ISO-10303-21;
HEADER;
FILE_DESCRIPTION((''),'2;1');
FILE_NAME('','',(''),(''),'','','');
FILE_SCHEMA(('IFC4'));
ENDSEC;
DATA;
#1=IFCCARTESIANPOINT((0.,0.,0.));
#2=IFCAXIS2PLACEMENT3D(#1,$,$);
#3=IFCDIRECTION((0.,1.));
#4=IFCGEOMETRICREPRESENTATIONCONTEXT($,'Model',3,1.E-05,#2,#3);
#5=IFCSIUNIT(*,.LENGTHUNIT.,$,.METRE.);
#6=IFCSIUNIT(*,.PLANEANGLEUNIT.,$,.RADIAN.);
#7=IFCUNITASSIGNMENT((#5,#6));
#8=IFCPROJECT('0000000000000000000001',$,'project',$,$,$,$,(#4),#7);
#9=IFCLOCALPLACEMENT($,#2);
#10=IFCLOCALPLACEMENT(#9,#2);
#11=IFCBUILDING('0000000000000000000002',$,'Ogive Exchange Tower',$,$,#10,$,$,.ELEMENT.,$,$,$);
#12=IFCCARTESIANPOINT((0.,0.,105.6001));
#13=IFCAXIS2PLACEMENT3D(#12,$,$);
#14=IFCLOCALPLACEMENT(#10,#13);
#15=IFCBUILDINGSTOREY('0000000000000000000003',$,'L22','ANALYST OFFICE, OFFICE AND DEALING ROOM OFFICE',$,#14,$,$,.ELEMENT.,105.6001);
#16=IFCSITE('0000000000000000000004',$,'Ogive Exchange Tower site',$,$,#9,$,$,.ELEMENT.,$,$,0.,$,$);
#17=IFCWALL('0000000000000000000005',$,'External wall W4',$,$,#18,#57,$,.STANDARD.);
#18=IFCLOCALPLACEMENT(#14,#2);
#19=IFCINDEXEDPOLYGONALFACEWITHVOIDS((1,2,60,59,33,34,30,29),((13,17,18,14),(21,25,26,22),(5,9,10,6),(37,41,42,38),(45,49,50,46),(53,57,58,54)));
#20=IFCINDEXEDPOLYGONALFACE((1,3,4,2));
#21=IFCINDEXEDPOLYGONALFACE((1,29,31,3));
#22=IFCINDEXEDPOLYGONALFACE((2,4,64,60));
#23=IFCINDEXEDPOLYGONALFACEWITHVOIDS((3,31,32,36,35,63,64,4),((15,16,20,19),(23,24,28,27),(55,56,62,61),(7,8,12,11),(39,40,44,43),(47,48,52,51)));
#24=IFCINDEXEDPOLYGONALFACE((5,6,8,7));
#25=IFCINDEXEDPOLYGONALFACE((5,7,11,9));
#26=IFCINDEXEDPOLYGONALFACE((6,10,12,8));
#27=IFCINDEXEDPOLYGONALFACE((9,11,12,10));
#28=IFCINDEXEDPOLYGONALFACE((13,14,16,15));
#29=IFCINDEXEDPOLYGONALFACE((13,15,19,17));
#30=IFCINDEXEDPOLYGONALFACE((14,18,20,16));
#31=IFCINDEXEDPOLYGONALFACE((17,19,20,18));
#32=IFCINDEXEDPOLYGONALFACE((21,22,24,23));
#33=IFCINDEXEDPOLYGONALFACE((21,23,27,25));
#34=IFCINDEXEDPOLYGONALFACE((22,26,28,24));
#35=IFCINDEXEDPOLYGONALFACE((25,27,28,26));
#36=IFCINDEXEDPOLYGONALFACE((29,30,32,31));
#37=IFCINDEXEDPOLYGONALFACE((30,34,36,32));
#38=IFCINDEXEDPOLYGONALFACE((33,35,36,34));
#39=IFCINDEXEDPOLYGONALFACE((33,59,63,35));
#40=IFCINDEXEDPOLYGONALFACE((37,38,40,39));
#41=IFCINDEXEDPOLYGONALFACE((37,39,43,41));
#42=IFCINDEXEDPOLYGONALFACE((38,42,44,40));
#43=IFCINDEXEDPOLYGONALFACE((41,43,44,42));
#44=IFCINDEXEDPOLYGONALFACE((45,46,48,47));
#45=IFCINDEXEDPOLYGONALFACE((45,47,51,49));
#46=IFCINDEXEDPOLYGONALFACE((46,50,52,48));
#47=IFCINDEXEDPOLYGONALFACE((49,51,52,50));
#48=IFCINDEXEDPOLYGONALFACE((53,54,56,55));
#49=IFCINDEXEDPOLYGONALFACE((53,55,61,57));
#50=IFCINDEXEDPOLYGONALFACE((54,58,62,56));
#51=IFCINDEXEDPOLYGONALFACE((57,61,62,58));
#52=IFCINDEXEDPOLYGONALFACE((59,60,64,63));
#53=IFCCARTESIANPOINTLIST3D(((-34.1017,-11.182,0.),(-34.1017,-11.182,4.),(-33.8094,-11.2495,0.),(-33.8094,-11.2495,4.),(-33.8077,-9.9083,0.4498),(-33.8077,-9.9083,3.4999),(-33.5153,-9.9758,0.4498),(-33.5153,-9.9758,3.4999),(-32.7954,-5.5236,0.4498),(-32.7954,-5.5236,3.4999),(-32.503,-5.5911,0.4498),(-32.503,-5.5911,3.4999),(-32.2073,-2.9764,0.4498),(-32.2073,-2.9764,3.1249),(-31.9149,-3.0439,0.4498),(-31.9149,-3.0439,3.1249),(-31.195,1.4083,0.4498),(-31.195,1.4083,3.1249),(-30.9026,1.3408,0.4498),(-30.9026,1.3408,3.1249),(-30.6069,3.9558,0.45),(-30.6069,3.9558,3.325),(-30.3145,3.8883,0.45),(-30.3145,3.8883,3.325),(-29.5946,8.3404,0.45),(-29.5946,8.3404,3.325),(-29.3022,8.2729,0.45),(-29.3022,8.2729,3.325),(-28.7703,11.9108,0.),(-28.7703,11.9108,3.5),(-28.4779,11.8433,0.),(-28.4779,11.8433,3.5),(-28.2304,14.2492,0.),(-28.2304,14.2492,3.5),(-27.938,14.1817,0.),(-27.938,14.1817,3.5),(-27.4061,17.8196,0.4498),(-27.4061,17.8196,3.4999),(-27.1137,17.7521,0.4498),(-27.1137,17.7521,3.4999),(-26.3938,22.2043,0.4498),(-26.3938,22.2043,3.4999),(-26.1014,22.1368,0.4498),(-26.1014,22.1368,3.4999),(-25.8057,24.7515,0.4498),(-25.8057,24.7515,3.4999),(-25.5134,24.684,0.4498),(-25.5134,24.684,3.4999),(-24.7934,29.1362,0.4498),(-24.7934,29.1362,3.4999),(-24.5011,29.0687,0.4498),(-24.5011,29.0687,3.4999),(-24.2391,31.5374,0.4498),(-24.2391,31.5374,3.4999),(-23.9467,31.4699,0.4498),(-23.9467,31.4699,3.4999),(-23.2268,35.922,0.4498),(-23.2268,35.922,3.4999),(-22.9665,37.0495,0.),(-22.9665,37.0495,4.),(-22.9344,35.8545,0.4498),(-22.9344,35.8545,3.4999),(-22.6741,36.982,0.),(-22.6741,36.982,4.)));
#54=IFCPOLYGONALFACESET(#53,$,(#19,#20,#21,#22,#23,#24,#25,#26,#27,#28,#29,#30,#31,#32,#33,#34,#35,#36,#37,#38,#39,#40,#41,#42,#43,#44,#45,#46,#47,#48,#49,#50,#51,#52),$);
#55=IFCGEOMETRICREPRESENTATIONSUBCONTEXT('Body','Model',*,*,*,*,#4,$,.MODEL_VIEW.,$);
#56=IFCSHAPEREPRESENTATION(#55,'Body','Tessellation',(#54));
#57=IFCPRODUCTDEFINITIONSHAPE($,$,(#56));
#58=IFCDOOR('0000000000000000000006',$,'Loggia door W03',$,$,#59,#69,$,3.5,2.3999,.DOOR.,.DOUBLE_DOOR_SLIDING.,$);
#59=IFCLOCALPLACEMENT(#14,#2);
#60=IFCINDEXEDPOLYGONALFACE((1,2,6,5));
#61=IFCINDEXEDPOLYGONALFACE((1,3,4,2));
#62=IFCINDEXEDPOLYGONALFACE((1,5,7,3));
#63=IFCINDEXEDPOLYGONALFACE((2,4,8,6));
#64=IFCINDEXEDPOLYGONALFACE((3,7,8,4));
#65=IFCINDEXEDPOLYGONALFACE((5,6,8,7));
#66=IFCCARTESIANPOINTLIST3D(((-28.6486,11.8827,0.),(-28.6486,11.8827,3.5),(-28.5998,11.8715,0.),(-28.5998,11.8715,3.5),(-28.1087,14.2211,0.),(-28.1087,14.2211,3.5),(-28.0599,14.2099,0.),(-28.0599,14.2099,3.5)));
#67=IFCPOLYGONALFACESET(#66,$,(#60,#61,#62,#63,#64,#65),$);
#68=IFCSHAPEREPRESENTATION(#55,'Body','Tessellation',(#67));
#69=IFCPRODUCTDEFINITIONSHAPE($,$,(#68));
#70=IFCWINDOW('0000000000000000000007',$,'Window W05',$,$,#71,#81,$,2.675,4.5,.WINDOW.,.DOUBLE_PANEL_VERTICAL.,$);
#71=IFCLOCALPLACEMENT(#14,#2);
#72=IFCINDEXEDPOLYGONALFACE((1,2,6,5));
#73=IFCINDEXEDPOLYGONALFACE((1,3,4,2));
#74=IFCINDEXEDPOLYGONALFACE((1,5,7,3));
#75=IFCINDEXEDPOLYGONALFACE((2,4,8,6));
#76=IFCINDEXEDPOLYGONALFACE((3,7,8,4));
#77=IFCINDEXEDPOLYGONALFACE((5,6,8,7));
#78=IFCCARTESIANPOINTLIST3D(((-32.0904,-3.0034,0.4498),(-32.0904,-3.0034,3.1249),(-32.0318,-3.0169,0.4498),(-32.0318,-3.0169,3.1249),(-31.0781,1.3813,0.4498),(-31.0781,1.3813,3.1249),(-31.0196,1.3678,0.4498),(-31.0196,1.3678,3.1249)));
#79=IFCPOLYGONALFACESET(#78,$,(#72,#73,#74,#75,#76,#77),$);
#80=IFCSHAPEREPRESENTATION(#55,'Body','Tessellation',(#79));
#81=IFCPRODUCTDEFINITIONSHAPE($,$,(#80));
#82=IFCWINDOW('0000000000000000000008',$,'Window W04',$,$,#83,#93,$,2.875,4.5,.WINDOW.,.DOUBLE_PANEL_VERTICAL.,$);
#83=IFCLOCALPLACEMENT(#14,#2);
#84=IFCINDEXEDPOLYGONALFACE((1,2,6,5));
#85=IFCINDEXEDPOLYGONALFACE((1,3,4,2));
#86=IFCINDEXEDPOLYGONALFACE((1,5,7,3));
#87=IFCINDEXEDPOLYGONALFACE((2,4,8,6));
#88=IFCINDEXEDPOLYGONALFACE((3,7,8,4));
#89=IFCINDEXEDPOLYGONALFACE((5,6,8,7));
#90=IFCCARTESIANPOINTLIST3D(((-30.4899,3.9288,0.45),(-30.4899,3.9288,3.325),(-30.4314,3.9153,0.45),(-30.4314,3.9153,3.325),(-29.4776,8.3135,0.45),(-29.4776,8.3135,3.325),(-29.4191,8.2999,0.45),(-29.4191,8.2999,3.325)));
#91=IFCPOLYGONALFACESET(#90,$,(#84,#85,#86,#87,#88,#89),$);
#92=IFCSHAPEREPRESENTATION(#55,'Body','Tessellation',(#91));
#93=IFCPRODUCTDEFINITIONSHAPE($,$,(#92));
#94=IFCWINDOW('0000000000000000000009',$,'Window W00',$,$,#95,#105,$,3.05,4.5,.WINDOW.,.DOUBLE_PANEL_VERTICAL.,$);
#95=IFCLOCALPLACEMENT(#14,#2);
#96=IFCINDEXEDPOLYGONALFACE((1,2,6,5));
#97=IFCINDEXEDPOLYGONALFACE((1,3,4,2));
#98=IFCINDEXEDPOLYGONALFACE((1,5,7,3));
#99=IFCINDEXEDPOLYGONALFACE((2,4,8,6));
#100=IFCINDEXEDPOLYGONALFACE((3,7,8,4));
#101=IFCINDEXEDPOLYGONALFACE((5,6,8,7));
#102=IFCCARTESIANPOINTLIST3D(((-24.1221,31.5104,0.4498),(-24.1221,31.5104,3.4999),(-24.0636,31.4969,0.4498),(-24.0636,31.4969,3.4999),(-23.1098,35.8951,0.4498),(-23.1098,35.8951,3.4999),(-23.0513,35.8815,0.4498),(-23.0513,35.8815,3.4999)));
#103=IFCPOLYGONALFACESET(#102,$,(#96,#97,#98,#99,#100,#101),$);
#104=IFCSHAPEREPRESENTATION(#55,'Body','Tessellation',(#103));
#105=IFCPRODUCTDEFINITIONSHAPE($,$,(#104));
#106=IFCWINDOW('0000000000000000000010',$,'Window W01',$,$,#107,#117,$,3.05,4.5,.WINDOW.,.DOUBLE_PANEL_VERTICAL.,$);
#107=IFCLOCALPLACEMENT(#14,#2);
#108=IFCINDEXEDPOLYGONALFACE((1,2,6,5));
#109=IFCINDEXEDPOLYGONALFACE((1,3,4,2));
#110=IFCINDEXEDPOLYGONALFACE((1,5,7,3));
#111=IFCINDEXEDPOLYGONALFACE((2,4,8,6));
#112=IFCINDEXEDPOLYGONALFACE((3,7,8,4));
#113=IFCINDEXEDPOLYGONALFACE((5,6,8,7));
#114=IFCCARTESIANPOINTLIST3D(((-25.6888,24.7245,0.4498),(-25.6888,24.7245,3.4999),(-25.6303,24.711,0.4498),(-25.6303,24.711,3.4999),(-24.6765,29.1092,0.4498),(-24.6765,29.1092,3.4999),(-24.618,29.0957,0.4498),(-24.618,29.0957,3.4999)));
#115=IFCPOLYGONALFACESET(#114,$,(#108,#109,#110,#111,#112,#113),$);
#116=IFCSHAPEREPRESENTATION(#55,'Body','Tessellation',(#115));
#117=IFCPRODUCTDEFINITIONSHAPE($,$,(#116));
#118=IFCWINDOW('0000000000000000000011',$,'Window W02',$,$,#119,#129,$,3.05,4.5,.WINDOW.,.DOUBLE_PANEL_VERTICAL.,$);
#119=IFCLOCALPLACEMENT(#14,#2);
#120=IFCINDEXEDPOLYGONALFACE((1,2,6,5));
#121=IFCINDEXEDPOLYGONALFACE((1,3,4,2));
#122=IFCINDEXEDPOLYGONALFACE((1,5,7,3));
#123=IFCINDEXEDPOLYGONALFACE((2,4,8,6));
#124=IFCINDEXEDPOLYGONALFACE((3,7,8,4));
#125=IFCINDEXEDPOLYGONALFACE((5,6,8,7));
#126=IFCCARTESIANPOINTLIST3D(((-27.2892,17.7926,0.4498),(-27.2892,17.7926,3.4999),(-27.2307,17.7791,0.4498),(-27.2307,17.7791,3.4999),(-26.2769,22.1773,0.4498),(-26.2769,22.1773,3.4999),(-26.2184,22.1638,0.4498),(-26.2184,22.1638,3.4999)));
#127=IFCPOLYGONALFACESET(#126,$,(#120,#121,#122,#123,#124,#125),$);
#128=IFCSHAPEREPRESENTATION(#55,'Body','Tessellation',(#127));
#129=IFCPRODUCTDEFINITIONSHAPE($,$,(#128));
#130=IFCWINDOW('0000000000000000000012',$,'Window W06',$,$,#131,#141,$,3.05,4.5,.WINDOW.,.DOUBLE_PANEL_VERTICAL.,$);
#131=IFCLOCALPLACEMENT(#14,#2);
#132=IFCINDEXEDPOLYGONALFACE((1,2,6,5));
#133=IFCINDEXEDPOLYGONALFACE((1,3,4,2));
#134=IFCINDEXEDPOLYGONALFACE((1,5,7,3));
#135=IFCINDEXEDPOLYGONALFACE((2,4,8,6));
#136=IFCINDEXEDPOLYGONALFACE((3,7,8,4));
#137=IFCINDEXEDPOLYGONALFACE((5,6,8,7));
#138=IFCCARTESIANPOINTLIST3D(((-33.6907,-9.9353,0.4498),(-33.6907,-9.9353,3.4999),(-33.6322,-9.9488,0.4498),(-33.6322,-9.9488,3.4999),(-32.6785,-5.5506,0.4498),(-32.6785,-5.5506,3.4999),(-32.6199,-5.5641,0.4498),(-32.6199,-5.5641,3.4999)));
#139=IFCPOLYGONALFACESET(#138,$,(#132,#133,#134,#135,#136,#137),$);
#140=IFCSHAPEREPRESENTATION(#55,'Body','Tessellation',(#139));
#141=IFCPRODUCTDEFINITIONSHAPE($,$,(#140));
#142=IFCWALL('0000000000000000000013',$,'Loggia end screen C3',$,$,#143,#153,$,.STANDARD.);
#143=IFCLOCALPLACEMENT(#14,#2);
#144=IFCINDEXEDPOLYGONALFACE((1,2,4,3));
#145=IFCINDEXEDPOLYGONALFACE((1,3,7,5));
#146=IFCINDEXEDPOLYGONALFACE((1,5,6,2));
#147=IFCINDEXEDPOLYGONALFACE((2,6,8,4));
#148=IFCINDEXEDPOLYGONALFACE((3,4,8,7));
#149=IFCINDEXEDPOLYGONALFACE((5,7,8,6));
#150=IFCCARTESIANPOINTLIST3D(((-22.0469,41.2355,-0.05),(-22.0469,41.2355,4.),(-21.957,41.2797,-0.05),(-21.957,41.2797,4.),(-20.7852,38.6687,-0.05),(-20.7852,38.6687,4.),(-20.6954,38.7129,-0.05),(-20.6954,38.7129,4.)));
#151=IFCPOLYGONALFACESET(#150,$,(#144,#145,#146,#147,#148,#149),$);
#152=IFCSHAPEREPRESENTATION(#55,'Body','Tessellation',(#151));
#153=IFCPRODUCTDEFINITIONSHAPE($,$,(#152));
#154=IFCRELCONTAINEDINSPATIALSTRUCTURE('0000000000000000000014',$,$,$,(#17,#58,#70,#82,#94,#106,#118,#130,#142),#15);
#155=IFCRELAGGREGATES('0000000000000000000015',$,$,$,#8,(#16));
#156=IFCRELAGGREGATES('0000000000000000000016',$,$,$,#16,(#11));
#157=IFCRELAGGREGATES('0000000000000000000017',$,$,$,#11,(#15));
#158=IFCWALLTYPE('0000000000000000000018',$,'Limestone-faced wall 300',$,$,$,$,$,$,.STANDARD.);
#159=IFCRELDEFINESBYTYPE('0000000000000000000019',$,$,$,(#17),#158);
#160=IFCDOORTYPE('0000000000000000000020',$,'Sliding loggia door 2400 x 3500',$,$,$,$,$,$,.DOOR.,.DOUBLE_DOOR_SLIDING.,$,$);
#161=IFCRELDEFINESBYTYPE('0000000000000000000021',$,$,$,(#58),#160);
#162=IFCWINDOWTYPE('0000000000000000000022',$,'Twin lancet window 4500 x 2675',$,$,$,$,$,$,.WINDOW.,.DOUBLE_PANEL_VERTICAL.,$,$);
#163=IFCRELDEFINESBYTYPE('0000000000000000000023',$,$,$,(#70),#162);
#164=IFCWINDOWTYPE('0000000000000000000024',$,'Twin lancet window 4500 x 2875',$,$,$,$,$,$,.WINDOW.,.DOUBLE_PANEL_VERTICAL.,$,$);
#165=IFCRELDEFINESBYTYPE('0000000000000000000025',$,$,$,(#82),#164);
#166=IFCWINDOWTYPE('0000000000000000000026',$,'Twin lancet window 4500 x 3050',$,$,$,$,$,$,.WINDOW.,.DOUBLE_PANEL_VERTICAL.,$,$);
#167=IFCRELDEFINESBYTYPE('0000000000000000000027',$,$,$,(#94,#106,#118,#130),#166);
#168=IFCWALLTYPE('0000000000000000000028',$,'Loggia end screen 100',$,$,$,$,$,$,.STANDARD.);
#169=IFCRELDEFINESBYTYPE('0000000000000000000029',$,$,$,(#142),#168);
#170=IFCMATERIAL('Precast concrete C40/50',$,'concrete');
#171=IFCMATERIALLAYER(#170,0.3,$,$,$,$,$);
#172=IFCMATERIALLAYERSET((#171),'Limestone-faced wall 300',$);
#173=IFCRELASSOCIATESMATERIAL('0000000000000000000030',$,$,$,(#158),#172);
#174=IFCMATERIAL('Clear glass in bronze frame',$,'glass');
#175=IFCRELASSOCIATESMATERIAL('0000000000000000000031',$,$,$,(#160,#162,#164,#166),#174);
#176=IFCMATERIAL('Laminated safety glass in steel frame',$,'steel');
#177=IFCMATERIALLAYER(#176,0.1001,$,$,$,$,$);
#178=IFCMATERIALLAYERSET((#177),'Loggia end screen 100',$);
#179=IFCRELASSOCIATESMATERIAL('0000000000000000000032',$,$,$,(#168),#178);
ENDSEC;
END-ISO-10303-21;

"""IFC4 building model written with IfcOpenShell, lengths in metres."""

from ifc_helpers import new_model, si_unit, direction, frame, frame_2d, origin, place, context, subcontext, project, spatial, rectangle, extrude, material, layer, layer_set, type_object, element, fill, save


model = new_model("IFC4")

# Units and contexts
model_context = context("Model", 3, precision=1e-05, world=origin(), true_north=direction((0.0, 1.0)))
body_context = subcontext(model_context, "Body", "Model", "MODEL_VIEW")
ifc_project = project(units=[si_unit("LENGTHUNIT", "METRE"), si_unit("PLANEANGLEUNIT", "RADIAN")], contexts=[model_context])

# Site, building, storey
site_placement = place(None, origin())
site = spatial("IfcSite", under=ifc_project, at=site_placement, Name="Ogive Exchange Tower site", CompositionType="ELEMENT", RefElevation=0.0)
building_placement = place(site_placement, origin())
building = spatial("IfcBuilding", under=site, at=building_placement, Name="Ogive Exchange Tower", CompositionType="ELEMENT")
storey_placement = place(building_placement, frame((0.0, 0.0, 105.6001)))
storey = spatial("IfcBuildingStorey", under=building, at=storey_placement, Name="L22", Description="ANALYST OFFICE, OFFICE AND DEALING ROOM OFFICE", CompositionType="ELEMENT", Elevation=105.6001)

# Wall, openings, door, windows
ifc_material_1 = material(Name="Precast concrete C40/50", Category="concrete")
ifc_layer_1 = layer(ifc_material_1, 0.3)
ifc_layer_set_1 = layer_set([ifc_layer_1], Name="Limestone-faced wall 300")
wall_type_1 = type_object("IfcWallType", Name="Limestone-faced wall 300", PredefinedType="STANDARD", material=ifc_layer_set_1)
wall_1_placement = place(storey_placement, frame((-22.8203, 37.0156, 0.0), z_axis=(0.0, 0.0, 1.0), x_axis=(-0.224954, -0.974369, 0.0)))
wall_1 = element("IfcWall", 1, at=wall_1_placement, inside=storey, type_object=wall_type_1, Name="External wall W4", PredefinedType="STANDARD", context=body_context, shape_type="SweptSolid", body=[
    extrude(rectangle(XDim=49.5002, YDim=0.3, at=frame_2d((24.75, 0.0))), origin(), (0.0, 0.0, 1.0), 4.0),
])
opening_1_placement = place(wall_1_placement, frame((1.157, 0.0, 0.45)))
opening_1 = element("IfcOpeningElement", 2, at=opening_1_placement, cuts=wall_1, PredefinedType="OPENING", context=body_context, shape_type="SweptSolid", body=[
    extrude(rectangle(XDim=4.5, YDim=3.05, at=frame_2d((2.25, 1.5249))), frame((0.0, 0.1599, 0.0), z_axis=(0.0, -1.0, 0.0), x_axis=(1.0, 0.0, 0.0)), (0.0, 0.0, 1.0), 0.3201),
])
opening_2_placement = place(wall_1_placement, frame((8.1213, 0.0, 0.45)))
opening_2 = element("IfcOpeningElement", 3, at=opening_2_placement, cuts=wall_1, PredefinedType="OPENING", context=body_context, shape_type="SweptSolid", body=[
    extrude(rectangle(XDim=4.5, YDim=3.05, at=frame_2d((2.25, 1.5249))), frame((0.0, 0.1599, 0.0), z_axis=(0.0, -1.0, 0.0), x_axis=(1.0, 0.0, 0.0)), (0.0, 0.0, 1.0), 0.3201),
])
opening_3_placement = place(wall_1_placement, frame((15.2356, 0.0, 0.45)))
opening_3 = element("IfcOpeningElement", 4, at=opening_3_placement, cuts=wall_1, PredefinedType="OPENING", context=body_context, shape_type="SweptSolid", body=[
    extrude(rectangle(XDim=4.5, YDim=3.05, at=frame_2d((2.25, 1.5249))), frame((0.0, 0.1599, 0.0), z_axis=(0.0, -1.0, 0.0), x_axis=(1.0, 0.0, 0.0)), (0.0, 0.0, 1.0), 0.3201),
])
opening_4_placement = place(wall_1_placement, frame((23.3999, 0.0, 0.0)))
opening_4 = element("IfcOpeningElement", 5, at=opening_4_placement, cuts=wall_1, PredefinedType="OPENING", context=body_context, shape_type="SweptSolid", body=[
    extrude(rectangle(XDim=2.3999, YDim=3.5, at=frame_2d((1.2, 1.75))), frame((0.0, 0.1599, 0.0), z_axis=(0.0, -1.0, 0.0), x_axis=(1.0, 0.0, 0.0)), (0.0, 0.0, 1.0), 0.3201),
])
opening_5_placement = place(wall_1_placement, frame((29.4641, 0.0, 0.45)))
opening_5 = element("IfcOpeningElement", 6, at=opening_5_placement, cuts=wall_1, PredefinedType="OPENING", context=body_context, shape_type="SweptSolid", body=[
    extrude(rectangle(XDim=4.5, YDim=2.875, at=frame_2d((2.25, 1.4375))), frame((0.0, 0.1599, 0.0), z_axis=(0.0, -1.0, 0.0), x_axis=(1.0, 0.0, 0.0)), (0.0, 0.0, 1.0), 0.3201),
])
opening_6_placement = place(wall_1_placement, frame((36.5786, 0.0, 0.45)))
opening_6 = element("IfcOpeningElement", 7, at=opening_6_placement, cuts=wall_1, PredefinedType="OPENING", context=body_context, shape_type="SweptSolid", body=[
    extrude(rectangle(XDim=4.5, YDim=2.675, at=frame_2d((2.25, 1.3374))), frame((0.0, 0.1599, 0.0), z_axis=(0.0, -1.0, 0.0), x_axis=(1.0, 0.0, 0.0)), (0.0, 0.0, 1.0), 0.3201),
])
opening_7_placement = place(wall_1_placement, frame((43.6929, 0.0, 0.45)))
opening_7 = element("IfcOpeningElement", 8, at=opening_7_placement, cuts=wall_1, PredefinedType="OPENING", context=body_context, shape_type="SweptSolid", body=[
    extrude(rectangle(XDim=4.5, YDim=3.05, at=frame_2d((2.25, 1.5249))), frame((0.0, 0.1599, 0.0), z_axis=(0.0, -1.0, 0.0), x_axis=(1.0, 0.0, 0.0)), (0.0, 0.0, 1.0), 0.3201),
])
ifc_material_2 = material(Name="Clear glass in bronze frame", Category="glass")
door_type_1 = type_object("IfcDoorType", Name="Sliding loggia door 2400 x 3500", OperationType="DOUBLE_DOOR_SLIDING", PredefinedType="DOOR", material=ifc_material_2)
door_1_placement = place(opening_4_placement, origin())
door_1 = element("IfcDoor", 9, at=door_1_placement, inside=storey, type_object=door_type_1, Name="Loggia door W03", OperationType="DOUBLE_DOOR_SLIDING", OverallHeight=3.5, OverallWidth=2.3999, PredefinedType="DOOR", context=body_context, shape_type="SweptSolid", body=[
    extrude(rectangle(XDim=2.3999, YDim=3.5, at=frame_2d((1.2, 1.75))), frame((0.0, 0.0249, 0.0), z_axis=(0.0, -1.0, 0.0), x_axis=(1.0, 0.0, 0.0)), (0.0, 0.0, 1.0), 0.05),
])
fill(opening_4, door_1)
window_type_1 = type_object("IfcWindowType", Name="Twin lancet window 4500 x 2675", PartitioningType="DOUBLE_PANEL_VERTICAL", PredefinedType="WINDOW", material=ifc_material_2)
window_1_placement = place(opening_6_placement, origin())
window_1 = element("IfcWindow", 10, at=window_1_placement, inside=storey, type_object=window_type_1, Name="Window W05", OverallHeight=2.675, OverallWidth=4.5, PartitioningType="DOUBLE_PANEL_VERTICAL", PredefinedType="WINDOW", context=body_context, shape_type="SweptSolid", body=[
    extrude(rectangle(XDim=4.5, YDim=2.675, at=frame_2d((2.25, 1.3374))), frame((0.0, 0.03, 0.0), z_axis=(0.0, -1.0, 0.0), x_axis=(1.0, 0.0, 0.0)), (0.0, 0.0, 1.0), 0.0601),
])
fill(opening_6, window_1)
window_type_2 = type_object("IfcWindowType", Name="Twin lancet window 4500 x 2875", PartitioningType="DOUBLE_PANEL_VERTICAL", PredefinedType="WINDOW", material=ifc_material_2)
window_2_placement = place(opening_5_placement, origin())
window_2 = element("IfcWindow", 11, at=window_2_placement, inside=storey, type_object=window_type_2, Name="Window W04", OverallHeight=2.875, OverallWidth=4.5, PartitioningType="DOUBLE_PANEL_VERTICAL", PredefinedType="WINDOW", context=body_context, shape_type="SweptSolid", body=[
    extrude(rectangle(XDim=4.5, YDim=2.875, at=frame_2d((2.25, 1.4375))), frame((0.0, 0.03, 0.0), z_axis=(0.0, -1.0, 0.0), x_axis=(1.0, 0.0, 0.0)), (0.0, 0.0, 1.0), 0.0601),
])
fill(opening_5, window_2)
window_type_3 = type_object("IfcWindowType", Name="Twin lancet window 4500 x 3050", PartitioningType="DOUBLE_PANEL_VERTICAL", PredefinedType="WINDOW", material=ifc_material_2)
window_3_placement = place(opening_1_placement, origin())
window_3 = element("IfcWindow", 12, at=window_3_placement, inside=storey, type_object=window_type_3, Name="Window W00", OverallHeight=3.05, OverallWidth=4.5, PartitioningType="DOUBLE_PANEL_VERTICAL", PredefinedType="WINDOW", context=body_context, shape_type="SweptSolid", body=[
    extrude(rectangle(XDim=4.5, YDim=3.05, at=frame_2d((2.25, 1.5249))), frame((0.0, 0.03, 0.0), z_axis=(0.0, -1.0, 0.0), x_axis=(1.0, 0.0, 0.0)), (0.0, 0.0, 1.0), 0.0601),
])
fill(opening_1, window_3)
window_4_placement = place(opening_2_placement, origin())
window_4 = element("IfcWindow", 13, at=window_4_placement, inside=storey, type_object=window_type_3, Name="Window W01", OverallHeight=3.05, OverallWidth=4.5, PartitioningType="DOUBLE_PANEL_VERTICAL", PredefinedType="WINDOW", context=body_context, shape_type="SweptSolid", body=[
    extrude(rectangle(XDim=4.5, YDim=3.05, at=frame_2d((2.25, 1.5249))), frame((0.0, 0.03, 0.0), z_axis=(0.0, -1.0, 0.0), x_axis=(1.0, 0.0, 0.0)), (0.0, 0.0, 1.0), 0.0601),
])
fill(opening_2, window_4)
window_5_placement = place(opening_3_placement, origin())
window_5 = element("IfcWindow", 14, at=window_5_placement, inside=storey, type_object=window_type_3, Name="Window W02", OverallHeight=3.05, OverallWidth=4.5, PartitioningType="DOUBLE_PANEL_VERTICAL", PredefinedType="WINDOW", context=body_context, shape_type="SweptSolid", body=[
    extrude(rectangle(XDim=4.5, YDim=3.05, at=frame_2d((2.25, 1.5249))), frame((0.0, 0.03, 0.0), z_axis=(0.0, -1.0, 0.0), x_axis=(1.0, 0.0, 0.0)), (0.0, 0.0, 1.0), 0.0601),
])
fill(opening_3, window_5)
window_6_placement = place(opening_7_placement, origin())
window_6 = element("IfcWindow", 15, at=window_6_placement, inside=storey, type_object=window_type_3, Name="Window W06", OverallHeight=3.05, OverallWidth=4.5, PartitioningType="DOUBLE_PANEL_VERTICAL", PredefinedType="WINDOW", context=body_context, shape_type="SweptSolid", body=[
    extrude(rectangle(XDim=4.5, YDim=3.05, at=frame_2d((2.25, 1.5249))), frame((0.0, 0.03, 0.0), z_axis=(0.0, -1.0, 0.0), x_axis=(1.0, 0.0, 0.0)), (0.0, 0.0, 1.0), 0.0601),
])
fill(opening_7, window_6)

# Wall
ifc_material_3 = material(Name="Laminated safety glass in steel frame", Category="steel")
ifc_layer_2 = layer(ifc_material_3, 0.1001)
ifc_layer_set_2 = layer_set([ifc_layer_2], Name="Loggia end screen 100")
wall_type_2 = type_object("IfcWallType", Name="Loggia end screen 100", PredefinedType="STANDARD", material=ifc_layer_set_2)
wall_2_placement = place(storey_placement, frame((-20.7402, 38.6907, -0.05), z_axis=(0.0, 0.0, 1.0), x_axis=(-0.441126, 0.897445, 0.0)))
element("IfcWall", 16, at=wall_2_placement, inside=storey, type_object=wall_type_2, Name="Loggia end screen C3", PredefinedType="STANDARD", context=body_context, shape_type="SweptSolid", body=[
    extrude(rectangle(XDim=2.8601, YDim=0.1001, at=frame_2d((1.4302, 0.0))), origin(), (0.0, 0.0, 1.0), 4.05),
])

save(model, "model.ifc")
